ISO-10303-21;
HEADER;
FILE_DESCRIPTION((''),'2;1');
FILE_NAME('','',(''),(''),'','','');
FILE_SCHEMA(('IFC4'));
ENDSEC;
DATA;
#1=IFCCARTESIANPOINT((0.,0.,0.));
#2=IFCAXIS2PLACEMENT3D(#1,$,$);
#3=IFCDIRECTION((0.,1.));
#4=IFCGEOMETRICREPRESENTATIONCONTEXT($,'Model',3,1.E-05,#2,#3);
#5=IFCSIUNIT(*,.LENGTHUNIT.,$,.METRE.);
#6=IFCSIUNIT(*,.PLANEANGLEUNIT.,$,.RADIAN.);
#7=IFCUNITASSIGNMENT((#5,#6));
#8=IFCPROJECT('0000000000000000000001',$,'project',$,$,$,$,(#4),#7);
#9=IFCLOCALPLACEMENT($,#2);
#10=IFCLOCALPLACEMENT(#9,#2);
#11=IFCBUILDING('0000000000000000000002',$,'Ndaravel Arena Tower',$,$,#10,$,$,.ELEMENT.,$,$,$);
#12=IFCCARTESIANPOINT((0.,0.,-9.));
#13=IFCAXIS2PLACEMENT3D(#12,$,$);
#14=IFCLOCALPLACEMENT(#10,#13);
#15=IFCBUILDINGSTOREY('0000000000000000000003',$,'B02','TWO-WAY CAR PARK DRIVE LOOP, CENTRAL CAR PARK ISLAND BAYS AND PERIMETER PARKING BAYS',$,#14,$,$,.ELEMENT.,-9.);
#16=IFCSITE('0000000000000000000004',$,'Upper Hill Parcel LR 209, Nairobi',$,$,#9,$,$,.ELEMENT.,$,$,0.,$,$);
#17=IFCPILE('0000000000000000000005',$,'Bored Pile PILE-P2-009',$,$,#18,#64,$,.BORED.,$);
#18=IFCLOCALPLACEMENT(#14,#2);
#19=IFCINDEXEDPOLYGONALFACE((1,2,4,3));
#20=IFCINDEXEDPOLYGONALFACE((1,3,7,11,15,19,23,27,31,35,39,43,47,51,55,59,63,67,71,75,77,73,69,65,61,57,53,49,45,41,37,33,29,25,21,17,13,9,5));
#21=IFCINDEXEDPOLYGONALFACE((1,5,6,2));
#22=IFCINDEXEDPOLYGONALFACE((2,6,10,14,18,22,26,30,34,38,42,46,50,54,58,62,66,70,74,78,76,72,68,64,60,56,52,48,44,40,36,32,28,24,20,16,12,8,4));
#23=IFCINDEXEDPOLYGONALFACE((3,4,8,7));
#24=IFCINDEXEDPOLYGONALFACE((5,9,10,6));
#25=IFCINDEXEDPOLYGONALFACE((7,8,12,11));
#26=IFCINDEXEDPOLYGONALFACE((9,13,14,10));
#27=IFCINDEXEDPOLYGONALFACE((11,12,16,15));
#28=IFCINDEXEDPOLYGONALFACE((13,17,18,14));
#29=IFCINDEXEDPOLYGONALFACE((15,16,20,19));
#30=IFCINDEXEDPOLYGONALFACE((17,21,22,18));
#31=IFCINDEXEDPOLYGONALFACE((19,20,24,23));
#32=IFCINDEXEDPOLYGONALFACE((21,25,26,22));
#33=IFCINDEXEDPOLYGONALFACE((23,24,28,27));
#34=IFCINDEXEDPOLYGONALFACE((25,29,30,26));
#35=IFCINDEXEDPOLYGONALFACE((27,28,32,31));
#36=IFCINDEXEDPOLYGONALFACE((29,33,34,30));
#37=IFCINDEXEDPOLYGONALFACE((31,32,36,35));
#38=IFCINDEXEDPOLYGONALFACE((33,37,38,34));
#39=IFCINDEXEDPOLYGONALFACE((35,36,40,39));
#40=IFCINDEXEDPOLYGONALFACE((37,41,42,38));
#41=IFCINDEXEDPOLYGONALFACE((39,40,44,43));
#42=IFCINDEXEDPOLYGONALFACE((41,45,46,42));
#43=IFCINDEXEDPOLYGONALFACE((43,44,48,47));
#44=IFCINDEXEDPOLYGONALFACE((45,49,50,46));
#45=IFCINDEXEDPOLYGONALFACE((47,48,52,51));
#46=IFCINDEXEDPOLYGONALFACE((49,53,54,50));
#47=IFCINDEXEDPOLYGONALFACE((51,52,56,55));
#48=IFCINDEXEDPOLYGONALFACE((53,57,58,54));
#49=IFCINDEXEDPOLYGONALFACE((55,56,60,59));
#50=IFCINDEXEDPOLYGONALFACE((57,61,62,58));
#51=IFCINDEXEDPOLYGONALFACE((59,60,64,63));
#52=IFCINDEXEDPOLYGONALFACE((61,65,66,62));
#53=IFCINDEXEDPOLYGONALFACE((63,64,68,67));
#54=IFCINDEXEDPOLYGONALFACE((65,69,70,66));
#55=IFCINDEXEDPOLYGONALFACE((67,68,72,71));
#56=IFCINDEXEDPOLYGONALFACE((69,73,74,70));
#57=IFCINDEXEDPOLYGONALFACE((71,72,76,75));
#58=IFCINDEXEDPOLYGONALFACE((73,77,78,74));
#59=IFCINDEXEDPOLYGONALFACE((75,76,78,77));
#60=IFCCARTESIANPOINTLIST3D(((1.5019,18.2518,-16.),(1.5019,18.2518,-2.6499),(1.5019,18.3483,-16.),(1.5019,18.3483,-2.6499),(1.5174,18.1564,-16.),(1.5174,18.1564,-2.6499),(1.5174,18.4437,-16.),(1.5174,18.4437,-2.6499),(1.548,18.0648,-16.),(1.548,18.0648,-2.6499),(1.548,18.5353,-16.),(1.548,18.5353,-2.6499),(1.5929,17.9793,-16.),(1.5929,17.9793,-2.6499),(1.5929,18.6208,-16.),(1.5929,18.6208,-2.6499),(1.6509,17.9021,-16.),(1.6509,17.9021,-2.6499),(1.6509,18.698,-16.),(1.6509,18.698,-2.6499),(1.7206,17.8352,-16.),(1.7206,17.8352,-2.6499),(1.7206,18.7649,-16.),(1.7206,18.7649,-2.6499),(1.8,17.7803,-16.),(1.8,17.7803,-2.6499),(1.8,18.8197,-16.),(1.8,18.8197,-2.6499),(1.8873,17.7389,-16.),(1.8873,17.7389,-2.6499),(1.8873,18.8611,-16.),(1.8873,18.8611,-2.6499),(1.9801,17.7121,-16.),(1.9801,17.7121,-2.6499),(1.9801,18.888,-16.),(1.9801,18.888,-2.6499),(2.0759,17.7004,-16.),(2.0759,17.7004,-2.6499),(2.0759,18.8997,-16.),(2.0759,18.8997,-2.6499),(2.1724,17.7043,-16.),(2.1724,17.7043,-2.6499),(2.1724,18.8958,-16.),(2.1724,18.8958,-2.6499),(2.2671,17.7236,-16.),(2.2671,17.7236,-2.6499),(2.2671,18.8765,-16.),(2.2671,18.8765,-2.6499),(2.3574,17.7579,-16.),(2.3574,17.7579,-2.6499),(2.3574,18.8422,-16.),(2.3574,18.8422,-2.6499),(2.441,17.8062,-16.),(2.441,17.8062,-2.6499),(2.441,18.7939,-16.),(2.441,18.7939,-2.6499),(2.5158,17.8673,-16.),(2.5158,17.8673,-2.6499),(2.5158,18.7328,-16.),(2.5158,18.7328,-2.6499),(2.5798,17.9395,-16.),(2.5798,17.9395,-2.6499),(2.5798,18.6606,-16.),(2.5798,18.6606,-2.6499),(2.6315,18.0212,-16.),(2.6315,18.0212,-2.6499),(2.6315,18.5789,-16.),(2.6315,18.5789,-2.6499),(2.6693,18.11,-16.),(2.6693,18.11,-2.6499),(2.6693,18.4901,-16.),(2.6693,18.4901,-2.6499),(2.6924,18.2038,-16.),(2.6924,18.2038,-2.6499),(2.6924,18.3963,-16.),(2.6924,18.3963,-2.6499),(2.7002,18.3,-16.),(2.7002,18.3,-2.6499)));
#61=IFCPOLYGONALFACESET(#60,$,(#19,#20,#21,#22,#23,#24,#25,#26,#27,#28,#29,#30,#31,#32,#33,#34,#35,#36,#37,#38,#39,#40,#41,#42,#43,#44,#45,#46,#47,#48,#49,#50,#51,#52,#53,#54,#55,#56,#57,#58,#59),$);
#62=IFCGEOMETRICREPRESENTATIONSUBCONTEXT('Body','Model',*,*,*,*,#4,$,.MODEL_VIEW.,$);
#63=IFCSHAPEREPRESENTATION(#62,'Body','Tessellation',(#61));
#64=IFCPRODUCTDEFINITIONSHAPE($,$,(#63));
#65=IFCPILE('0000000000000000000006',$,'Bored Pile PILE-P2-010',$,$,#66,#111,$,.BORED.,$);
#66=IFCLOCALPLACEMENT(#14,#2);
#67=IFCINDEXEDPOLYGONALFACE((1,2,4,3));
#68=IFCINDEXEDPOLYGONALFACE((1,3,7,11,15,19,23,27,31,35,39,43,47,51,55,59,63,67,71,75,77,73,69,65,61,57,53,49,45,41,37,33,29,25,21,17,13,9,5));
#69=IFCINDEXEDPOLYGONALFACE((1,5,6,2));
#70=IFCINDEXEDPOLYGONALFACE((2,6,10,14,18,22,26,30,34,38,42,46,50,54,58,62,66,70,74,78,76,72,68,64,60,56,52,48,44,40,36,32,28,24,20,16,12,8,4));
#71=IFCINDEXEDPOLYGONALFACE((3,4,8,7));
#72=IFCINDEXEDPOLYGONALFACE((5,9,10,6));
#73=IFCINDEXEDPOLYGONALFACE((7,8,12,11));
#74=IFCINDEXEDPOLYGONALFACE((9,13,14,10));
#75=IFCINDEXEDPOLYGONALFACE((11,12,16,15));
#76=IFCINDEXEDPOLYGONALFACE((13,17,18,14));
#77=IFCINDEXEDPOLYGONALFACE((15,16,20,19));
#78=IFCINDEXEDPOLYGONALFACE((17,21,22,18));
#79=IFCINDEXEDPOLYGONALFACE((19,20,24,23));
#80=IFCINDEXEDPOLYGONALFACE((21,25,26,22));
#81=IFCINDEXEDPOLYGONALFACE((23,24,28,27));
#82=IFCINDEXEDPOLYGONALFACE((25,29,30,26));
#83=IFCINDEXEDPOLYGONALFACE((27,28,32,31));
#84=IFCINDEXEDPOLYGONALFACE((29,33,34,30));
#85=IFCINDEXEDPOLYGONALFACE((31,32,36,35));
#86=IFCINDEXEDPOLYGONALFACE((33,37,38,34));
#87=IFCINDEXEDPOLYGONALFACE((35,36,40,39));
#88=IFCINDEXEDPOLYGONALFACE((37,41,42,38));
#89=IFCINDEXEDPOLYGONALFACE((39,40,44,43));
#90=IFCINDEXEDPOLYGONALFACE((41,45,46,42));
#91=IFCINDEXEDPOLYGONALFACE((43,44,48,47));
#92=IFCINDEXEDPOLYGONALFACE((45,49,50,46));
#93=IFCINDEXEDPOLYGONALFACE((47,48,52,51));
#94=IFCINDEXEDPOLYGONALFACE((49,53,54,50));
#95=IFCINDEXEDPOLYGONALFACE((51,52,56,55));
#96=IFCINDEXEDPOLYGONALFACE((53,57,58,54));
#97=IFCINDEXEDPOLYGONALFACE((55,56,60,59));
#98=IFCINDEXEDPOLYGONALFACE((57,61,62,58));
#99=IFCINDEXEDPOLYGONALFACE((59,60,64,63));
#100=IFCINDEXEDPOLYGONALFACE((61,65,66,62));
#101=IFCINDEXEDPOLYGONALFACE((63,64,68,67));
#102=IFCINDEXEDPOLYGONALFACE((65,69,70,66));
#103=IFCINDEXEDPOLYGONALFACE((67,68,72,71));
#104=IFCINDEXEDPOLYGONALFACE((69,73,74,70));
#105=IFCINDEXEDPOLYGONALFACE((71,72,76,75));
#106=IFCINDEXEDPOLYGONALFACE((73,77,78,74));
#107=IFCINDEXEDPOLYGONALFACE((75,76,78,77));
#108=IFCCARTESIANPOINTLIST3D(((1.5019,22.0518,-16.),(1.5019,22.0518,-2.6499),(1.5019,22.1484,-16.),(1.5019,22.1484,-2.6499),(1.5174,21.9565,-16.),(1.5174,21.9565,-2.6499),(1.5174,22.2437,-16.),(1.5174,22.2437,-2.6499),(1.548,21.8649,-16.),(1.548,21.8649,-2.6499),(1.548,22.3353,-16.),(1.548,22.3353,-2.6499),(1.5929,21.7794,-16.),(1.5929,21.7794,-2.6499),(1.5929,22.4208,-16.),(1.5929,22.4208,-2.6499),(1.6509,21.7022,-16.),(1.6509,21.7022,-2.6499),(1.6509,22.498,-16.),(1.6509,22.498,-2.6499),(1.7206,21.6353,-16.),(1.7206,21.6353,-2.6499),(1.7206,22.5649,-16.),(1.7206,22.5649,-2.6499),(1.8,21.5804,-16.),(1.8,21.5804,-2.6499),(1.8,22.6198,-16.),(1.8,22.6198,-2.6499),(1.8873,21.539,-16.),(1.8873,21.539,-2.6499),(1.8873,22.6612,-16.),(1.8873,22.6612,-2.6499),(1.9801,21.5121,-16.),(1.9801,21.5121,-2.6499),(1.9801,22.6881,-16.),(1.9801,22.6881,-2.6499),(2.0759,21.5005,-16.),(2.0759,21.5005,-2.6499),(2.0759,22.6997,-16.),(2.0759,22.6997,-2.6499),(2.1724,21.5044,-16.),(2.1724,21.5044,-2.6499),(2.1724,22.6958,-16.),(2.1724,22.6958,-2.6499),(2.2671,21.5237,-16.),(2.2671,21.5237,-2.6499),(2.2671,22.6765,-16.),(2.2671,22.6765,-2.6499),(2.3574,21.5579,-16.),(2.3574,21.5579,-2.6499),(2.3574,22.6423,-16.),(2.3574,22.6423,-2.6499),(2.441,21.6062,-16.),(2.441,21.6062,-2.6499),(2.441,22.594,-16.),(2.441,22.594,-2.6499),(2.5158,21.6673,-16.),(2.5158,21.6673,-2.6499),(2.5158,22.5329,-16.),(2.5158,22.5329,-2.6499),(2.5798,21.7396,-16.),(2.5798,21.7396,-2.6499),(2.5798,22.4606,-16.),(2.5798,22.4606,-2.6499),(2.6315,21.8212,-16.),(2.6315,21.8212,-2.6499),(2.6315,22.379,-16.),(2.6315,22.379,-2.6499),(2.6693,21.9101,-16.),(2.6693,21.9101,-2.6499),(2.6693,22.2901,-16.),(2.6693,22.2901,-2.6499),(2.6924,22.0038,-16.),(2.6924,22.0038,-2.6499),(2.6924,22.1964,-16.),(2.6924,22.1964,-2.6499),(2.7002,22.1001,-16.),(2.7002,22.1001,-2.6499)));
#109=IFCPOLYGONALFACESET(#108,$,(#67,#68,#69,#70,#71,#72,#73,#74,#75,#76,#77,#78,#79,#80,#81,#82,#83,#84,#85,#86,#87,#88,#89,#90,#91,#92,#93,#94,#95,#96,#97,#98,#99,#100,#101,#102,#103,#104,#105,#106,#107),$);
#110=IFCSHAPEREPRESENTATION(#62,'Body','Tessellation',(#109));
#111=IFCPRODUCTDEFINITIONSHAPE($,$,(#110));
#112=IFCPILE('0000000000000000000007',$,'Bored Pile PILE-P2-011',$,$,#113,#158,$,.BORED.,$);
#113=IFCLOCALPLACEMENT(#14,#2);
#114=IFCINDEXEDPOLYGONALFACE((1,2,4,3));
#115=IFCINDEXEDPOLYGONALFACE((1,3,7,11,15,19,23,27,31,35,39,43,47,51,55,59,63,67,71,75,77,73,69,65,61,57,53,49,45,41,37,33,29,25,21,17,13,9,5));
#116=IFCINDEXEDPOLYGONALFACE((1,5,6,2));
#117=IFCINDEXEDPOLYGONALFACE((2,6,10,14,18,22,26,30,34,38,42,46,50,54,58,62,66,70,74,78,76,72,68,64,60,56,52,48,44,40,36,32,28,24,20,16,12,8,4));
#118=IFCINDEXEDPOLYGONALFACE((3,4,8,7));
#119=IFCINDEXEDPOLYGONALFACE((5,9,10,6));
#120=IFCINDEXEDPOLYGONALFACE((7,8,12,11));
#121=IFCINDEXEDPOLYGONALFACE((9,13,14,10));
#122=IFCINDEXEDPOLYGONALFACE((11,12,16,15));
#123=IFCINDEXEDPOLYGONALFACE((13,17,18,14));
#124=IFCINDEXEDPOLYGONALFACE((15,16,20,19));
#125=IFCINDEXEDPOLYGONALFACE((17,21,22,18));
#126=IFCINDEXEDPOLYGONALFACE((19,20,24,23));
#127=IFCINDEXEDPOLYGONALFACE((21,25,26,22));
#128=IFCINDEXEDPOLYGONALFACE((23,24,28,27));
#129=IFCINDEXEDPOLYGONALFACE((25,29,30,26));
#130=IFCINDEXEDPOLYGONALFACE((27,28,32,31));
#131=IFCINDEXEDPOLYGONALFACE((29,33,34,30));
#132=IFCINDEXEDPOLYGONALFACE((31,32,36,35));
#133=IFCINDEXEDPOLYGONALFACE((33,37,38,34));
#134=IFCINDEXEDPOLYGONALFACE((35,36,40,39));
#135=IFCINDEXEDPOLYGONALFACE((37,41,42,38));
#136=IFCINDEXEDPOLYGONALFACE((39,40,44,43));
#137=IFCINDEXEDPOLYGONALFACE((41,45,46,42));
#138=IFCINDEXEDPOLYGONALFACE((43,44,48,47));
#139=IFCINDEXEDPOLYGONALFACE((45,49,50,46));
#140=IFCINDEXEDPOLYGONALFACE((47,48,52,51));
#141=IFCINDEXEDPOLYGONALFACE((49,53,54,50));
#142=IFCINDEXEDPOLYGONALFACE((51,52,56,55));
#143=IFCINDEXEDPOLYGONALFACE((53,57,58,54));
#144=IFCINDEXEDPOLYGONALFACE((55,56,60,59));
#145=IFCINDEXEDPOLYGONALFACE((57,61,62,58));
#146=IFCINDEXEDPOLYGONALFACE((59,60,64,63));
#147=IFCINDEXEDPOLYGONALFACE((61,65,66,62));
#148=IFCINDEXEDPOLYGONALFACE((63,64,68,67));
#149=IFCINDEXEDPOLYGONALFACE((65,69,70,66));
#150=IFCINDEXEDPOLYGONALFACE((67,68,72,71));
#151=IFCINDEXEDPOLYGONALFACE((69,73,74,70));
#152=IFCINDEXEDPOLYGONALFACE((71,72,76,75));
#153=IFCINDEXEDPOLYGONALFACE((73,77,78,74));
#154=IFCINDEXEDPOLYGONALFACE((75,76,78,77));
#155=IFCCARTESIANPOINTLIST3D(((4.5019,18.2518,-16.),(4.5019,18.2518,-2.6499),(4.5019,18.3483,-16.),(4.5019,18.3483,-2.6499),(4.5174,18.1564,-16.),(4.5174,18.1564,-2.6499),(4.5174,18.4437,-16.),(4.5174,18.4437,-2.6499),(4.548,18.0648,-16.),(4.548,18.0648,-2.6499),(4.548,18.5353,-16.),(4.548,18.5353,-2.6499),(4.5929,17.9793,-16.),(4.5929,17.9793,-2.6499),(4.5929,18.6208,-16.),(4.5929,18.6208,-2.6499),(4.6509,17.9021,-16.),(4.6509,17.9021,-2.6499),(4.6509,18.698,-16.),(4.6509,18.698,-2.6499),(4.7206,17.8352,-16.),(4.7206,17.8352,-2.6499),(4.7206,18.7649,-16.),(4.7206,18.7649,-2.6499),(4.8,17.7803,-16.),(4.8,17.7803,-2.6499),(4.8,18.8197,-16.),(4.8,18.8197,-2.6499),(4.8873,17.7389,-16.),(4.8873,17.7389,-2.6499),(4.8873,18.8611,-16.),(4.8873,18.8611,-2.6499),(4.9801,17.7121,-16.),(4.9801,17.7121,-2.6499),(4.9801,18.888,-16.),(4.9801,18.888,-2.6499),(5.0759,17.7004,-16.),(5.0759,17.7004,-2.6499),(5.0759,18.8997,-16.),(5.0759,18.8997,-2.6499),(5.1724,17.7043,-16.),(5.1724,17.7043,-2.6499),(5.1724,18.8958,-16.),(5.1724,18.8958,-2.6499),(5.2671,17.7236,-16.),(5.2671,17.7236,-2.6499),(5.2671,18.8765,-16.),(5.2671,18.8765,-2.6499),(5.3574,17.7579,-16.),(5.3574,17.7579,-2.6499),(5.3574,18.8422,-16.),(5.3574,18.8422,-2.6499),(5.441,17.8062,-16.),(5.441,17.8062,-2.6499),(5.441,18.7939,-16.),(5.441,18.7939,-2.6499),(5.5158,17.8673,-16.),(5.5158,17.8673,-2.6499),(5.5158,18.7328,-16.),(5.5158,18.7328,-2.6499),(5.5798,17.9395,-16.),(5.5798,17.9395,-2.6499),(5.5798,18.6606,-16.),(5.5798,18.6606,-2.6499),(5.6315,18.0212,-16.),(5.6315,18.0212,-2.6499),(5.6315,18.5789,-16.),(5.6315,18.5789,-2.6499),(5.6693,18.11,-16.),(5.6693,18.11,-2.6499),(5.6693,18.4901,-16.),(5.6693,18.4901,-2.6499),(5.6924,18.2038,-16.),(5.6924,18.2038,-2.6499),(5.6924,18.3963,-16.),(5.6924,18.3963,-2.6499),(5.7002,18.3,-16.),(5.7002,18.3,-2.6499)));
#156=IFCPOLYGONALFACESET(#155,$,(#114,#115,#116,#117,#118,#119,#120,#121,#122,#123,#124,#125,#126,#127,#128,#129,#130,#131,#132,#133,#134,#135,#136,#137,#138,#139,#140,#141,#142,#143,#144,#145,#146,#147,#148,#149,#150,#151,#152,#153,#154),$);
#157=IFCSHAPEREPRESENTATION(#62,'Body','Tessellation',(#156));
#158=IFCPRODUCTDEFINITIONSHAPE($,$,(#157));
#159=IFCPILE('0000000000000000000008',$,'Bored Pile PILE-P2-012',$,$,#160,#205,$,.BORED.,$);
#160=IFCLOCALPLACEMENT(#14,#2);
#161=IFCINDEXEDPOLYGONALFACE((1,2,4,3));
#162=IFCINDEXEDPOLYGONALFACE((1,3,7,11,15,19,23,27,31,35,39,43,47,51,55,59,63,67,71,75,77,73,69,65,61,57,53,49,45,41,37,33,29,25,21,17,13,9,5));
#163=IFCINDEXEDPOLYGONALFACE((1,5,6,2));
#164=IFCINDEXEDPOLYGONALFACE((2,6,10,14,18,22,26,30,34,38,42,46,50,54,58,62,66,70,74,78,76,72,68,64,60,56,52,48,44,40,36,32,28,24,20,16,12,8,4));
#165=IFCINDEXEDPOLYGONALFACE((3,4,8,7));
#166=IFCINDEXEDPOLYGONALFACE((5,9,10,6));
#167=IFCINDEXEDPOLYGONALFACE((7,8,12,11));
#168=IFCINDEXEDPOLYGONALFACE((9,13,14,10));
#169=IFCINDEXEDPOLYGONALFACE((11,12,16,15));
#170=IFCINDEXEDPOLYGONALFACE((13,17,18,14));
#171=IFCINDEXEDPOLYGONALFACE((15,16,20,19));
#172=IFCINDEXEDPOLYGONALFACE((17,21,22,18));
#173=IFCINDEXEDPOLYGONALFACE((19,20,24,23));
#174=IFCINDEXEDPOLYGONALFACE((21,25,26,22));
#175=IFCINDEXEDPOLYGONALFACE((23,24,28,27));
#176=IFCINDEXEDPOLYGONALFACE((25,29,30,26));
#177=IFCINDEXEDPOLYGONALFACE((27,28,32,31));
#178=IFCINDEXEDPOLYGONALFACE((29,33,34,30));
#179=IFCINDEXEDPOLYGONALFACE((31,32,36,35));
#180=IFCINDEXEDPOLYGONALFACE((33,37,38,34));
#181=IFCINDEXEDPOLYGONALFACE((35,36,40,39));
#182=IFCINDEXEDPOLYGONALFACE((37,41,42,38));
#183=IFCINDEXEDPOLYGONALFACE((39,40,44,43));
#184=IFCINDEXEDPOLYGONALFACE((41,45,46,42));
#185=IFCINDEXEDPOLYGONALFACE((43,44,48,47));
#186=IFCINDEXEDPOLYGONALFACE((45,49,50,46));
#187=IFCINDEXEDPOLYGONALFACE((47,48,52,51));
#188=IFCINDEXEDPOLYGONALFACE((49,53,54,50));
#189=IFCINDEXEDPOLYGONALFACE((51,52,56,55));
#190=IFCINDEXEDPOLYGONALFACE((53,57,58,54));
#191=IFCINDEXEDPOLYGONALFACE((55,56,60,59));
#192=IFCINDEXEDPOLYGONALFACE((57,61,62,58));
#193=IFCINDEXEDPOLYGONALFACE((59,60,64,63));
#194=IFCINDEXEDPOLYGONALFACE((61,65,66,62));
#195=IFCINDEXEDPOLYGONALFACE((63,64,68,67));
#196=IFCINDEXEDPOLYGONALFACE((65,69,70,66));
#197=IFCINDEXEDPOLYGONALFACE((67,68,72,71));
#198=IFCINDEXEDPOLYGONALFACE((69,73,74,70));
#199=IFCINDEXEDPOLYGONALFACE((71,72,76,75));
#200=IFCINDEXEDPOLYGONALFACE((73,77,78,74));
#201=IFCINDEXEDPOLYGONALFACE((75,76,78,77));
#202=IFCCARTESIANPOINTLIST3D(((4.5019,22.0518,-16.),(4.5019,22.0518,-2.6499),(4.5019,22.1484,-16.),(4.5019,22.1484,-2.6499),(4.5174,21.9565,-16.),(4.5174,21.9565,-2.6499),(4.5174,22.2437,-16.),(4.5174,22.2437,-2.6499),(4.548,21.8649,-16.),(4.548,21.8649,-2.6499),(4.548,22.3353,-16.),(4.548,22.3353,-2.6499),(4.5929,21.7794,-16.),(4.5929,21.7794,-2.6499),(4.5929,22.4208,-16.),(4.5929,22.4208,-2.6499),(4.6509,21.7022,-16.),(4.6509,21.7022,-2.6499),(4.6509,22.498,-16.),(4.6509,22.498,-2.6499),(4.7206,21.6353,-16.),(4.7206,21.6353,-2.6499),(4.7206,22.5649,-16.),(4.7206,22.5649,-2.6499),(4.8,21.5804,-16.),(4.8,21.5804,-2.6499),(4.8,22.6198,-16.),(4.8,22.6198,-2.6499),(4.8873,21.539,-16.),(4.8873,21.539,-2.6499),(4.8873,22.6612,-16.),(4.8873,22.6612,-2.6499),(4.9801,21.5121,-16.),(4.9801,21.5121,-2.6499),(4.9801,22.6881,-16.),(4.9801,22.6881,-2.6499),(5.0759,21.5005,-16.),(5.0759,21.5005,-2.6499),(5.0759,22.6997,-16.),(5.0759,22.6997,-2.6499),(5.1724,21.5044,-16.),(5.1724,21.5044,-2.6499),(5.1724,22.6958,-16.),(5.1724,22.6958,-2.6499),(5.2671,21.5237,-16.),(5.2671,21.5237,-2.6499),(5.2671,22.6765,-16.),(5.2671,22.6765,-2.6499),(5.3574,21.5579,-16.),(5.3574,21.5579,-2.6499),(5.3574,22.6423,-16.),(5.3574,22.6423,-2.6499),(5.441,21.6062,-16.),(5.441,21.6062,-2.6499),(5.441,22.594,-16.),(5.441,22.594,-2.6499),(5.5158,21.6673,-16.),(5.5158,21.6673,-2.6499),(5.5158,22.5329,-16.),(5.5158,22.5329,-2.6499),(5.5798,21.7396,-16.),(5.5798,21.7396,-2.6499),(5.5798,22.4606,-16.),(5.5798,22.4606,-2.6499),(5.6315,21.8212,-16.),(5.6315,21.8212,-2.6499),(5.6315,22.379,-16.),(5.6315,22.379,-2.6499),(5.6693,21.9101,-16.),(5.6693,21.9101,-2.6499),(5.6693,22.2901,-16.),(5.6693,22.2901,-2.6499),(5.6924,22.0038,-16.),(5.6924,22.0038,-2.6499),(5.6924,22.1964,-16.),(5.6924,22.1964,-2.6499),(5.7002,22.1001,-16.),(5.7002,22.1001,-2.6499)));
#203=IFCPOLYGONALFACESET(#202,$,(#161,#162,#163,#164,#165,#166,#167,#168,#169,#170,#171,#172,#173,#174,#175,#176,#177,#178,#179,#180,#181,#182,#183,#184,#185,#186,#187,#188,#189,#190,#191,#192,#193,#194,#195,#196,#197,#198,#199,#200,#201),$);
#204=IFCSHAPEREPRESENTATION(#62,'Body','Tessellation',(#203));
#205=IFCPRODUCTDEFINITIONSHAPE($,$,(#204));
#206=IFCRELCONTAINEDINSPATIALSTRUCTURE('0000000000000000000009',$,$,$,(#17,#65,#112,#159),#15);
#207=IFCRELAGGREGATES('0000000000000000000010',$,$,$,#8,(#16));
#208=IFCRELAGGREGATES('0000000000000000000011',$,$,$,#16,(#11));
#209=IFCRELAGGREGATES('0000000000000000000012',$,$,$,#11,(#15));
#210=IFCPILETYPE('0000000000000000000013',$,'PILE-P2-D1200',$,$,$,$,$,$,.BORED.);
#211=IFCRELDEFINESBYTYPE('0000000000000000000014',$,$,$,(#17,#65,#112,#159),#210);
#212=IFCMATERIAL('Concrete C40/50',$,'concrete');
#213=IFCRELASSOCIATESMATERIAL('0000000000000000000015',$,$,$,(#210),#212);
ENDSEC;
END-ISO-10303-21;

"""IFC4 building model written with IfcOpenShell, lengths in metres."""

from ifc_helpers import new_model, si_unit, direction, frame, origin, origin_2d, place, context, subcontext, project, spatial, circle, extrude, material, material_profile, profile_set, type_object, element, save


model = new_model("IFC4")

# Units and contexts
model_context = context("Model", 3, precision=1e-05, world=origin(), true_north=direction((0.0, 1.0)))
body_context = subcontext(model_context, "Body", "Model", "MODEL_VIEW")
ifc_project = project(units=[si_unit("LENGTHUNIT", "METRE"), si_unit("PLANEANGLEUNIT", "RADIAN")], contexts=[model_context])

# Site, building, storey
site_placement = place(None, origin())
site = spatial("IfcSite", under=ifc_project, at=site_placement, Name="Upper Hill Parcel LR 209, Nairobi", CompositionType="ELEMENT", RefElevation=0.0)
building_placement = place(site_placement, origin())
building = spatial("IfcBuilding", under=site, at=building_placement, Name="Ndaravel Arena Tower", CompositionType="ELEMENT")
storey_placement = place(building_placement, frame((0.0, 0.0, -9.0)))
storey = spatial("IfcBuildingStorey", under=building, at=storey_placement, Name="B02", Description="TWO-WAY CAR PARK DRIVE LOOP, CENTRAL CAR PARK ISLAND BAYS AND PERIMETER PARKING BAYS", CompositionType="ELEMENT", Elevation=-9.0)

# Piles
ifc_material_1 = material(Name="Concrete C40/50", Category="concrete")
ifc_material_profile_1 = material_profile(ifc_material_1, circle(Radius=0.6001, at=origin_2d()), Name="BORED PILE D1200")
ifc_profile_set_1 = profile_set([ifc_material_profile_1], Name="Concrete C40/50")
pile_type_1 = type_object("IfcPileType", Name="PILE-P2-D1200", PredefinedType="BORED", material=ifc_profile_set_1)
for number, where, z_axis, x_axis, name in (
    (1, (2.1001, 18.3, -2.6499), (0.0, 0.0, -1.0), (1.0, 0.0, 0.0), "Bored Pile PILE-P2-009"),
    (2, (2.1001, 22.1001, -2.6499), (0.0, 0.0, -1.0), (1.0, 0.0, 0.0), "Bored Pile PILE-P2-010"),
    (3, (5.1001, 18.3, -2.6499), (0.0, 0.0, -1.0), (1.0, 0.0, 0.0), "Bored Pile PILE-P2-011"),
    (4, (5.1001, 22.1001, -2.6499), (0.0, 0.0, -1.0), (1.0, 0.0, 0.0), "Bored Pile PILE-P2-012"),
):
    element("IfcPile", number, at=place(storey_placement, frame(where, z_axis=z_axis, x_axis=x_axis)), inside=storey, type_object=pile_type_1, Name=name, PredefinedType="BORED", context=body_context, shape_type="SweptSolid", body=[
        extrude(circle(Radius=0.6001, at=origin_2d()), origin(), (0.0, 0.0, 1.0), 13.3501),
    ])

save(model, "model.ifc")
